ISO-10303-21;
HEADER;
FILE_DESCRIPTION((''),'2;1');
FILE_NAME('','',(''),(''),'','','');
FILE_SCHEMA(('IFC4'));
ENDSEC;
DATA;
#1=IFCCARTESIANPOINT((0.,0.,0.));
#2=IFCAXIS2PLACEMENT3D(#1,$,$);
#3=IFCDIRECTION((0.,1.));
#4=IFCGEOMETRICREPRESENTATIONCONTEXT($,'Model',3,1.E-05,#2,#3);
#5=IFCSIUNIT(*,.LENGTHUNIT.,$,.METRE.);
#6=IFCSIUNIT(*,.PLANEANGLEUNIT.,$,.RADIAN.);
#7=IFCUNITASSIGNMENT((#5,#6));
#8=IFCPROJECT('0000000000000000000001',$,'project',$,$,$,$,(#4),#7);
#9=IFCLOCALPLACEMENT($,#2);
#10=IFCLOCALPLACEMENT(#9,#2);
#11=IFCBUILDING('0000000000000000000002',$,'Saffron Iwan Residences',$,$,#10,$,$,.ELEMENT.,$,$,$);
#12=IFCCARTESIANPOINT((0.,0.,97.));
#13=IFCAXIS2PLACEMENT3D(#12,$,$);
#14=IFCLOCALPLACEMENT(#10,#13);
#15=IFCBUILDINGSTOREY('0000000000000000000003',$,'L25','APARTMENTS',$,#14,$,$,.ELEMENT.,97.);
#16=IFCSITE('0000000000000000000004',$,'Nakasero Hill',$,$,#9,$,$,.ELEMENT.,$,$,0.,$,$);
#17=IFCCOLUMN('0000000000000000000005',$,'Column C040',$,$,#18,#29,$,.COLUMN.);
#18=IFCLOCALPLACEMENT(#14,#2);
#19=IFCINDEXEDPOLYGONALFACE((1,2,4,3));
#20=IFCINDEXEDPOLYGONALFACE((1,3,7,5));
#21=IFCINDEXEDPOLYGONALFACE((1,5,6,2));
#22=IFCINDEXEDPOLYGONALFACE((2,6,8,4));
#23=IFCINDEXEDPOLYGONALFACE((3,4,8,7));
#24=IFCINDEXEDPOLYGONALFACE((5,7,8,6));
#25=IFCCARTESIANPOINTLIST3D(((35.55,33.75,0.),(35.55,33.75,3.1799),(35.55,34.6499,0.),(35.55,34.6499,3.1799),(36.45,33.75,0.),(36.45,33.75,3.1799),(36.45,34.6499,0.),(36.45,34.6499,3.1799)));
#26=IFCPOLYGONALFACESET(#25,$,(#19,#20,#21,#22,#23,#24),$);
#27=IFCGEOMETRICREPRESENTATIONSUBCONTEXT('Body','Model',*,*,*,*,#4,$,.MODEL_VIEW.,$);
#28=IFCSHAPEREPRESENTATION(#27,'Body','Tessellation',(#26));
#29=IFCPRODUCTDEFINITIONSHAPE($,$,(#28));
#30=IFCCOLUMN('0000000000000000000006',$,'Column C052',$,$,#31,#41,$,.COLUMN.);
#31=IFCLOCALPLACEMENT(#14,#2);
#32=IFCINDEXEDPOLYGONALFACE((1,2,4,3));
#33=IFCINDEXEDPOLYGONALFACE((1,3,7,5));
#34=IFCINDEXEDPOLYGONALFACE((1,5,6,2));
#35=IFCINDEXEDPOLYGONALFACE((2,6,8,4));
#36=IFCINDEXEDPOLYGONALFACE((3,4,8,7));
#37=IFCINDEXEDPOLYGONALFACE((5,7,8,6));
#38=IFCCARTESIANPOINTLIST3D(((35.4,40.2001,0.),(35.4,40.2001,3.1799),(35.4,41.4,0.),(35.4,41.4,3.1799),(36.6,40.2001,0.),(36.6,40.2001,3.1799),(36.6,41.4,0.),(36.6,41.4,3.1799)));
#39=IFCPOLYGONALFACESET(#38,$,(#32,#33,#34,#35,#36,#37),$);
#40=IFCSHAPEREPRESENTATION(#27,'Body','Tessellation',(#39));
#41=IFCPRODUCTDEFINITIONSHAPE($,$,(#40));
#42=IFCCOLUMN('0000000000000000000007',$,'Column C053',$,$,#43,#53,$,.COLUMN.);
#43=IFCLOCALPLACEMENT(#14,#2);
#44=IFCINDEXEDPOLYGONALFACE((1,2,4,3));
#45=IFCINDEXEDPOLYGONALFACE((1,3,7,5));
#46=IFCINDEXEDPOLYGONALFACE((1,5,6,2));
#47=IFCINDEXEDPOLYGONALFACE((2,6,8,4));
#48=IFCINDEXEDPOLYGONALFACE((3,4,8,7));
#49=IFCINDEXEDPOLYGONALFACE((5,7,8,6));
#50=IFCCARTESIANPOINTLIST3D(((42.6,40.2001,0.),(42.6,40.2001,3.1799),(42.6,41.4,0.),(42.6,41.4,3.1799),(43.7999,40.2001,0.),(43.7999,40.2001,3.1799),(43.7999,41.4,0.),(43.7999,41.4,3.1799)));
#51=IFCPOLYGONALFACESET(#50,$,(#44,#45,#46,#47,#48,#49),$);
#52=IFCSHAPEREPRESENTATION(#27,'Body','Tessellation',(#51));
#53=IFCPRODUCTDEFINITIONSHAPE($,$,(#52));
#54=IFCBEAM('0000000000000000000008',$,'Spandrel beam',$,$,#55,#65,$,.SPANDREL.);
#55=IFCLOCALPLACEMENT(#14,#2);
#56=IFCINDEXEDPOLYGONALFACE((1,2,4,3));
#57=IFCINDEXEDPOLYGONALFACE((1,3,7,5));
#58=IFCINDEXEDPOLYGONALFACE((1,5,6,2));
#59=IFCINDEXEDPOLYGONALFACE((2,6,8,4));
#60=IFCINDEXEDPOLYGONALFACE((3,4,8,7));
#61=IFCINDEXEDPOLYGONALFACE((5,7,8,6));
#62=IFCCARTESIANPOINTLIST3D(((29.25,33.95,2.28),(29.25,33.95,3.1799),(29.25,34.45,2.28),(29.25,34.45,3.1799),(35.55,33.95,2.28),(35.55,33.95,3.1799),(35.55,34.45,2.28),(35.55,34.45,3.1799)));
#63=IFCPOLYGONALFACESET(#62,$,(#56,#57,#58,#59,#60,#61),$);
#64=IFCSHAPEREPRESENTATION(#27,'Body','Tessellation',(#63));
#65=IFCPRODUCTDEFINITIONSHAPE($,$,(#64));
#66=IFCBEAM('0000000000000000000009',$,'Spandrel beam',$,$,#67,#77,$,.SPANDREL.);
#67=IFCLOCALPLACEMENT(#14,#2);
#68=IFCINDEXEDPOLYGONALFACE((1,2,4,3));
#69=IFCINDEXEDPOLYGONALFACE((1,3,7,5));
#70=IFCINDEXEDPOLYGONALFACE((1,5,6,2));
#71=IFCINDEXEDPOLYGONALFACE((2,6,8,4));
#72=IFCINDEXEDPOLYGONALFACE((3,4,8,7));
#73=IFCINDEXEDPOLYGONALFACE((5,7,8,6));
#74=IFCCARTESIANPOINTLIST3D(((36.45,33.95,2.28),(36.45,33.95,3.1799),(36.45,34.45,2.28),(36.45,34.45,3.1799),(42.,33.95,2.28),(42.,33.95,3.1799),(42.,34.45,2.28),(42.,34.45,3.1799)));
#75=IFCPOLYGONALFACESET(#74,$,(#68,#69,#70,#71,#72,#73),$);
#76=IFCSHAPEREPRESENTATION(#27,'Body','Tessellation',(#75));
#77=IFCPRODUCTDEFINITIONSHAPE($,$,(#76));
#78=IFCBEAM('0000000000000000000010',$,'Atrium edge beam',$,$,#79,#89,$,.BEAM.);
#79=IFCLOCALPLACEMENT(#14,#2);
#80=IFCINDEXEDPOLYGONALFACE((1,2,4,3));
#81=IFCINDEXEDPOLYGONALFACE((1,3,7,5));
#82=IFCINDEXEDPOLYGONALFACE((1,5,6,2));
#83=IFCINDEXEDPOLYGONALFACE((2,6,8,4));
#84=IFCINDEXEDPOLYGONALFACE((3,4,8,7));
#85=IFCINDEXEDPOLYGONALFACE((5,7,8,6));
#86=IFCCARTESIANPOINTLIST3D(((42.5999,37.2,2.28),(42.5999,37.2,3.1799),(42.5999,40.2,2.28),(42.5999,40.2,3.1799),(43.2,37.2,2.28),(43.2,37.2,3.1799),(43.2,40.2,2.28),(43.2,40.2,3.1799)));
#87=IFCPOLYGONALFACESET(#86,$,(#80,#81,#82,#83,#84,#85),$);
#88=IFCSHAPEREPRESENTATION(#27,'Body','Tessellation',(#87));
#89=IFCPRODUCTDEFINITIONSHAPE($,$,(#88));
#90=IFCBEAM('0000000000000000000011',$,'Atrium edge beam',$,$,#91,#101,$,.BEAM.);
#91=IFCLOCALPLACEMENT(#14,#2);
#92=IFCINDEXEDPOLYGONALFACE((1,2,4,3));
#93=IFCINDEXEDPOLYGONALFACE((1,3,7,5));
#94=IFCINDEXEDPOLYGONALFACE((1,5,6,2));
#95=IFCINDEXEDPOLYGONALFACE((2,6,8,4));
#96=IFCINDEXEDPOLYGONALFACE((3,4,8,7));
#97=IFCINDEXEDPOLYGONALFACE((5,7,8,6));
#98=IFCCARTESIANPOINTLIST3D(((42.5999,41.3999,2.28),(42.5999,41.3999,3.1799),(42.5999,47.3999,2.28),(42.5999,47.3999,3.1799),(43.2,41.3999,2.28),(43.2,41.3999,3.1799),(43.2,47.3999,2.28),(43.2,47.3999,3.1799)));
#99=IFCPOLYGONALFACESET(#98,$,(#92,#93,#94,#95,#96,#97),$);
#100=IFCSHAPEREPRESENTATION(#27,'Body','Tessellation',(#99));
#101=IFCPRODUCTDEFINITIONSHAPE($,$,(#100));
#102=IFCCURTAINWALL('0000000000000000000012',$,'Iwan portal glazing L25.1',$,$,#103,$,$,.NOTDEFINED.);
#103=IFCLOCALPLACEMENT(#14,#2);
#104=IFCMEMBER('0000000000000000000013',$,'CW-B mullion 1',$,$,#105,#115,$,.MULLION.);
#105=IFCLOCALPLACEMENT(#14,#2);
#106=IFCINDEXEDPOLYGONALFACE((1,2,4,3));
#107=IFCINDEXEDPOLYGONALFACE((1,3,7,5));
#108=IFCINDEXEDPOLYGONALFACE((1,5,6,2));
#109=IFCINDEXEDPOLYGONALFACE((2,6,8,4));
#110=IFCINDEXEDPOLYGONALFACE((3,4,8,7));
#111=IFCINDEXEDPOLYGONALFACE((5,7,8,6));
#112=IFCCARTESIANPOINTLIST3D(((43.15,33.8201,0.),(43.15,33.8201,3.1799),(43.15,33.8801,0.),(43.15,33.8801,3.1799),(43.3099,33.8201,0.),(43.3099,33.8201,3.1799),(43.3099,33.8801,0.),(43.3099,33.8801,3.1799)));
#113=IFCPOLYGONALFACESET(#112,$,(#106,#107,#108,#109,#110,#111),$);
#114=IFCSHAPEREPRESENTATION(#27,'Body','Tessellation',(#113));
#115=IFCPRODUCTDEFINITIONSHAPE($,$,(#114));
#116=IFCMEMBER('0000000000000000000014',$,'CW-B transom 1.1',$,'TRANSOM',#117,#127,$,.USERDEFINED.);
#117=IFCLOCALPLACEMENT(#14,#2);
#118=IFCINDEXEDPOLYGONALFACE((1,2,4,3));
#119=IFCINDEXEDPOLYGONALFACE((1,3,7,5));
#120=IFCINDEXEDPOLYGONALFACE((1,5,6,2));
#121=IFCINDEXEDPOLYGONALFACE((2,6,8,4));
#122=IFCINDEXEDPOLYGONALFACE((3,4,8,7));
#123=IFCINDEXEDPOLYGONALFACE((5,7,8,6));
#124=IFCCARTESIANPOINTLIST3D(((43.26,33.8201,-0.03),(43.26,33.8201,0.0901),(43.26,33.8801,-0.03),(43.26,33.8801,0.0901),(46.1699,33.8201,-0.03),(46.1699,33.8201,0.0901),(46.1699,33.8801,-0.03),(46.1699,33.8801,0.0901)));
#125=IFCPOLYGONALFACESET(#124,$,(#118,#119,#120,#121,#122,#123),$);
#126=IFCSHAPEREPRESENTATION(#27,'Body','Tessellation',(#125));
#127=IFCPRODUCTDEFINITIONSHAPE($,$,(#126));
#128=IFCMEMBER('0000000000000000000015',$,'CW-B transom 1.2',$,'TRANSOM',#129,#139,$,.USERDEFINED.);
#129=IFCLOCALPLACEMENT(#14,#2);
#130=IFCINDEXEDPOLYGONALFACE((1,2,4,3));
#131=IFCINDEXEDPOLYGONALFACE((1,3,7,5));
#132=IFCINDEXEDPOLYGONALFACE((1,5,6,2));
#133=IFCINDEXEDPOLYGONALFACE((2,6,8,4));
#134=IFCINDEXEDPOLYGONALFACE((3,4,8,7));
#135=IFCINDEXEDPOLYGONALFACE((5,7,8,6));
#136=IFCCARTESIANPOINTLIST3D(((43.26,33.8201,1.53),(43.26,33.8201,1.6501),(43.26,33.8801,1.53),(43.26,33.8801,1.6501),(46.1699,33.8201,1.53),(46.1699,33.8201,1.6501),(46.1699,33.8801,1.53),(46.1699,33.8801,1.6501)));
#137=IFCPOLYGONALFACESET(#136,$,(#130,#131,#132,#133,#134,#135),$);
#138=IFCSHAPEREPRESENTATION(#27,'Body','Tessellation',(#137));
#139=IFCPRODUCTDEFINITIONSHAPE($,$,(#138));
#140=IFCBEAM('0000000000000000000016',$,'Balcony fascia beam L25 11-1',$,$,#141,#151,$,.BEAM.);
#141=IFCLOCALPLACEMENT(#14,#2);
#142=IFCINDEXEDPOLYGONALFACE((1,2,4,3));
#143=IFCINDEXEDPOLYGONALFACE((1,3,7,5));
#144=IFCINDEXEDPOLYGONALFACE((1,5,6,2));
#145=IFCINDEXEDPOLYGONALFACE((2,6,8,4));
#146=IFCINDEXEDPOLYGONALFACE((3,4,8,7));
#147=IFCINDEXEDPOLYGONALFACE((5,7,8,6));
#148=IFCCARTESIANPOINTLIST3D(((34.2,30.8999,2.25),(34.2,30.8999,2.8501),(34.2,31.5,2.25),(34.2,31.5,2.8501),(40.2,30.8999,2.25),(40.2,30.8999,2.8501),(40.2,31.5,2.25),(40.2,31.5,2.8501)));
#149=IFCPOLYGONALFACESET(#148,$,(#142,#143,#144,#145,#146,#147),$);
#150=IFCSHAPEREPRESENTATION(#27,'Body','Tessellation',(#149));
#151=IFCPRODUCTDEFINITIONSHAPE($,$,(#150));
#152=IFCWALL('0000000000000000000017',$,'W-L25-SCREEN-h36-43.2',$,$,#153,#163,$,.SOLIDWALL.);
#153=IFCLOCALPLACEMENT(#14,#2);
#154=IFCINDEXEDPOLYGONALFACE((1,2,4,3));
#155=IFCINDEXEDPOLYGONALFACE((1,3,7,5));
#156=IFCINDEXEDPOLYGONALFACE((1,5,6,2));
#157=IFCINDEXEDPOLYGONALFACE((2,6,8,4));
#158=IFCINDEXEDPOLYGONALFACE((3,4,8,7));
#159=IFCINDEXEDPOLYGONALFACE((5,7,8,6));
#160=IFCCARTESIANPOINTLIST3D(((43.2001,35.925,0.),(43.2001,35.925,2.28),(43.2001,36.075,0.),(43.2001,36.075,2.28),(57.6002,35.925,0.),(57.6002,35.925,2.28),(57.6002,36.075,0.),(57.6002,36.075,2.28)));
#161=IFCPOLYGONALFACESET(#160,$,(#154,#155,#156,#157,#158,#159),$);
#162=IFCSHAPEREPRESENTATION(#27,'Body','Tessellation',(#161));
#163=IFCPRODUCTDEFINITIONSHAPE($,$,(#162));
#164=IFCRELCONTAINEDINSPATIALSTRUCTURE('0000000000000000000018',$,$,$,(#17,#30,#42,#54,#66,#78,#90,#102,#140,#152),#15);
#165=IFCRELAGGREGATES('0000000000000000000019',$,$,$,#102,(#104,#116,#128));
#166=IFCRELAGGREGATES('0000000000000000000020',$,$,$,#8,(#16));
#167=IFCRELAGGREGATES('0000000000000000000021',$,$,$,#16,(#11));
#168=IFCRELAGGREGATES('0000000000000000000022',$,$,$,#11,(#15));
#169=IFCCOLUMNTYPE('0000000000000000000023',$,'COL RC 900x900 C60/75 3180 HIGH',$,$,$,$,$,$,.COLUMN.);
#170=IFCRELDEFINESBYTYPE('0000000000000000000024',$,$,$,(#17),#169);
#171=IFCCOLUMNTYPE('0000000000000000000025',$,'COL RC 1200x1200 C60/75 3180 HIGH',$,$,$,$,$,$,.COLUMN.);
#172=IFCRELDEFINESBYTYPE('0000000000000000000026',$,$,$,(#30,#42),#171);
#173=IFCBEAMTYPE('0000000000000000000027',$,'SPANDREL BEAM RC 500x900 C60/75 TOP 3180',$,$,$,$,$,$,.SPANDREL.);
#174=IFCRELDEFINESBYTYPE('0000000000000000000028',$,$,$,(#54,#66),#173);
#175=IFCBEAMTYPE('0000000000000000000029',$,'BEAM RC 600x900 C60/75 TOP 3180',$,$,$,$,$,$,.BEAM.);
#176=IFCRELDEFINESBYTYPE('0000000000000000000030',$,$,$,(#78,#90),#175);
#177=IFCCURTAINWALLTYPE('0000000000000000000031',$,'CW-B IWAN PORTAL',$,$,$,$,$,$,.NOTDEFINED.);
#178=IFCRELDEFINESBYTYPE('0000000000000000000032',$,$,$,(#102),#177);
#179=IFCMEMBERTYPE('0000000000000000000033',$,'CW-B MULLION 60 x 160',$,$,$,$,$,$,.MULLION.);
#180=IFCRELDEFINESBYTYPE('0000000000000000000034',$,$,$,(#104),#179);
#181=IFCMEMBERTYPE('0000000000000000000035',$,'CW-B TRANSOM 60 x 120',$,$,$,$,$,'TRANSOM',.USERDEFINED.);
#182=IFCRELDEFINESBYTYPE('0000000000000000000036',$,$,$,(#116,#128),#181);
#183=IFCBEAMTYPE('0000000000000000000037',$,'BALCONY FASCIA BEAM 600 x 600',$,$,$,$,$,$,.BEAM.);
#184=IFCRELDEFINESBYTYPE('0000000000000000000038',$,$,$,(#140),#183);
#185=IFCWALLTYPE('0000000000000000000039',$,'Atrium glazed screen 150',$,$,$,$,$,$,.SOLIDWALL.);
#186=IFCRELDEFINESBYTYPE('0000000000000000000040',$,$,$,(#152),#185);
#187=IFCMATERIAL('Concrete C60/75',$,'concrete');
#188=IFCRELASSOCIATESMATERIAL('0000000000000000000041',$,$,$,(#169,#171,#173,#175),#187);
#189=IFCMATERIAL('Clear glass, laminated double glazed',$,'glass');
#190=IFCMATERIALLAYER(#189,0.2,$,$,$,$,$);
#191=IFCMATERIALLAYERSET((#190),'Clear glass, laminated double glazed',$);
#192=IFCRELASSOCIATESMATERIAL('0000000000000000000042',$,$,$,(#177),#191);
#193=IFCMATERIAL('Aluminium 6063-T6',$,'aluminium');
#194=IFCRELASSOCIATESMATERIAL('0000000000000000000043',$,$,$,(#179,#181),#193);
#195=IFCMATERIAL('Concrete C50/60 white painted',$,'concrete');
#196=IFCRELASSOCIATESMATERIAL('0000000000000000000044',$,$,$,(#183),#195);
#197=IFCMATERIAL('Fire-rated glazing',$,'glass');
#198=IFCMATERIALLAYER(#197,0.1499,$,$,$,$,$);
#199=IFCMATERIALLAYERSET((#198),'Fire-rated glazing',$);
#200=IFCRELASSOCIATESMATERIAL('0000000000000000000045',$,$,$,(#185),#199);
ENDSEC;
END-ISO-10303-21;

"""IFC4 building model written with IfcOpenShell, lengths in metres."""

from ifc_helpers import new_model, si_unit, direction, frame, frame_2d, origin, origin_2d, place, context, subcontext, project, spatial, rectangle, extrude, source, transform, mapped, material, layer, layer_set, material_profile, profile_set, type_object, element, aggregate, save


model = new_model("IFC4")

# Units and contexts
model_context = context("Model", 3, precision=1e-05, world=origin(), true_north=direction((0.0, 1.0)))
body_context = subcontext(model_context, "Body", "Model", "MODEL_VIEW")
ifc_project = project(units=[si_unit("LENGTHUNIT", "METRE"), si_unit("PLANEANGLEUNIT", "RADIAN")], contexts=[model_context])

# Site, building, storey
site_placement = place(None, origin())
site = spatial("IfcSite", under=ifc_project, at=site_placement, Name="Nakasero Hill", CompositionType="ELEMENT", RefElevation=0.0)
building_placement = place(site_placement, origin())
building = spatial("IfcBuilding", under=site, at=building_placement, Name="Saffron Iwan Residences", CompositionType="ELEMENT")
storey_placement = place(building_placement, frame((0.0, 0.0, 97.0)))
storey = spatial("IfcBuildingStorey", under=building, at=storey_placement, Name="L25", Description="APARTMENTS", CompositionType="ELEMENT", Elevation=97.0)

# Columns
ifc_material_1 = material(Name="Concrete C60/75", Category="concrete")
ifc_material_profile_1 = material_profile(ifc_material_1, rectangle(XDim=0.8999, YDim=0.8999, at=origin_2d()), Name="RC 900x900")
ifc_profile_set_1 = profile_set([ifc_material_profile_1], Name="Concrete C60/75")
column_type_1 = type_object("IfcColumnType", Name="COL RC 900x900 C60/75 3180 HIGH", PredefinedType="COLUMN", material=ifc_profile_set_1)
shared_shape_1 = source(origin(), body_context, "Body", "SweptSolid", [
    extrude(rectangle(XDim=0.8999, YDim=0.8999, at=origin_2d()), origin(), (0.0, 0.0, 1.0), 3.1799),
])
column_placement = place(storey_placement, frame((36.0, 34.2, 0.0), z_axis=(0.0, 0.0, 1.0), x_axis=(1.0, 0.0, 0.0)))
element("IfcColumn", 1, at=column_placement, inside=storey, type_object=column_type_1, Name="Column C040", PredefinedType="COLUMN", context=body_context, shape_type="MappedRepresentation", body=[
    mapped(shared_shape_1, transform((0.0, 0.0, 0.0))),
])
ifc_material_profile_2 = material_profile(ifc_material_1, rectangle(XDim=1.2, YDim=1.2, at=origin_2d()), Name="RC 1200x1200")
ifc_profile_set_2 = profile_set([ifc_material_profile_2], Name="Concrete C60/75")
column_type_2 = type_object("IfcColumnType", Name="COL RC 1200x1200 C60/75 3180 HIGH", PredefinedType="COLUMN", material=ifc_profile_set_2)
shared_shape_2 = source(origin(), body_context, "Body", "SweptSolid", [
    extrude(rectangle(XDim=1.2, YDim=1.2, at=origin_2d()), origin(), (0.0, 0.0, 1.0), 3.1799),
])
for number, where, z_axis, x_axis, name in (
    (2, (36.0, 40.8, 0.0), (0.0, 0.0, 1.0), (1.0, 0.0, 0.0), "Column C052"),
    (3, (43.2, 40.8, 0.0), (0.0, 0.0, 1.0), (1.0, 0.0, 0.0), "Column C053"),
):
    element("IfcColumn", number, at=place(storey_placement, frame(where, z_axis=z_axis, x_axis=x_axis)), inside=storey, type_object=column_type_2, Name=name, PredefinedType="COLUMN", context=body_context, shape_type="MappedRepresentation", body=[
        mapped(shared_shape_2, transform((0.0, 0.0, 0.0))),
    ])

# Beams
ifc_material_profile_3 = material_profile(ifc_material_1, rectangle(XDim=0.5, YDim=0.8999, at=origin_2d()), Name="RC 500x900")
ifc_profile_set_3 = profile_set([ifc_material_profile_3], Name="Concrete C60/75")
beam_type_1 = type_object("IfcBeamType", Name="SPANDREL BEAM RC 500x900 C60/75 TOP 3180", PredefinedType="SPANDREL", material=ifc_profile_set_3)
shared_shape_3 = source(origin(), body_context, "Body", "SweptSolid", [
    extrude(rectangle(XDim=0.5, YDim=0.8999, at=origin_2d()), origin(), (0.0, 0.0, 1.0), 6.3),
])
beam_1_placement = place(storey_placement, frame((35.55, 34.2, 2.73), z_axis=(-1.0, 0.0, 0.0), x_axis=(0.0, -1.0, 0.0)))
element("IfcBeam", 4, at=beam_1_placement, inside=storey, type_object=beam_type_1, Name="Spandrel beam", PredefinedType="SPANDREL", context=body_context, shape_type="MappedRepresentation", body=[
    mapped(shared_shape_3, transform((0.0, 0.0, 0.0))),
])
shared_shape_4 = source(origin(), body_context, "Body", "SweptSolid", [
    extrude(rectangle(XDim=0.5, YDim=0.8999, at=origin_2d()), origin(), (0.0, 0.0, 1.0), 5.55),
])
beam_2_placement = place(storey_placement, frame((42.0, 34.2, 2.73), z_axis=(-1.0, 0.0, 0.0), x_axis=(0.0, -1.0, 0.0)))
element("IfcBeam", 5, at=beam_2_placement, inside=storey, type_object=beam_type_1, Name="Spandrel beam", PredefinedType="SPANDREL", context=body_context, shape_type="MappedRepresentation", body=[
    mapped(shared_shape_4, transform((0.0, 0.0, 0.0))),
])
ifc_material_profile_4 = material_profile(ifc_material_1, rectangle(XDim=0.6001, YDim=0.8999, at=origin_2d()), Name="RC 600x900")
ifc_profile_set_4 = profile_set([ifc_material_profile_4], Name="Concrete C60/75")
beam_type_2 = type_object("IfcBeamType", Name="BEAM RC 600x900 C60/75 TOP 3180", PredefinedType="BEAM", material=ifc_profile_set_4)
shared_shape_5 = source(origin(), body_context, "Body", "SweptSolid", [
    extrude(rectangle(XDim=0.6001, YDim=0.8999, at=origin_2d()), origin(), (0.0, 0.0, 1.0), 3.0),
])
beam_3_placement = place(storey_placement, frame((42.8999, 37.2, 2.73), z_axis=(0.0, 1.0, 0.0), x_axis=(-1.0, 0.0, 0.0)))
element("IfcBeam", 6, at=beam_3_placement, inside=storey, type_object=beam_type_2, Name="Atrium edge beam", PredefinedType="BEAM", context=body_context, shape_type="MappedRepresentation", body=[
    mapped(shared_shape_5, transform((0.0, 0.0, 0.0))),
])
shared_shape_6 = source(origin(), body_context, "Body", "SweptSolid", [
    extrude(rectangle(XDim=0.6001, YDim=0.8999, at=origin_2d()), origin(), (0.0, 0.0, 1.0), 6.0),
])
beam_4_placement = place(storey_placement, frame((42.8999, 41.3999, 2.73), z_axis=(0.0, 1.0, 0.0), x_axis=(-1.0, 0.0, 0.0)))
element("IfcBeam", 7, at=beam_4_placement, inside=storey, type_object=beam_type_2, Name="Atrium edge beam", PredefinedType="BEAM", context=body_context, shape_type="MappedRepresentation", body=[
    mapped(shared_shape_6, transform((0.0, 0.0, 0.0))),
])

# Curtain wall, members
ifc_material_2 = material(Name="Clear glass, laminated double glazed", Category="glass")
ifc_layer_1 = layer(ifc_material_2, 0.2)
ifc_layer_set_1 = layer_set([ifc_layer_1], Name="Clear glass, laminated double glazed")
curtain_wall_type = type_object("IfcCurtainWallType", Name="CW-B IWAN PORTAL", PredefinedType="NOTDEFINED", material=ifc_layer_set_1)
curtain_wall_placement = place(storey_placement, origin())
curtain_wall = element("IfcCurtainWall", 8, at=curtain_wall_placement, inside=storey, type_object=curtain_wall_type, Name="Iwan portal glazing L25.1", PredefinedType="NOTDEFINED")
ifc_material_3 = material(Name="Aluminium 6063-T6", Category="aluminium")
ifc_material_profile_5 = material_profile(ifc_material_3, rectangle(XDim=0.0601, YDim=0.1599, at=origin_2d()), Name="CW-B MULLION 60 x 160")
ifc_profile_set_5 = profile_set([ifc_material_profile_5], Name="Aluminium 6063-T6")
member_type_1 = type_object("IfcMemberType", Name="CW-B MULLION 60 x 160", PredefinedType="MULLION", material=ifc_profile_set_5)
shared_shape_7 = source(origin(), body_context, "Body", "SweptSolid", [
    extrude(rectangle(XDim=0.0601, YDim=0.1599, at=origin_2d()), origin(), (0.0, 0.0, 1.0), 3.1799),
])
member_1_placement = place(storey_placement, frame((43.23, 33.8501, 0.0), z_axis=(0.0, 0.0, 1.0), x_axis=(0.0, 1.0, 0.0)))
member_1 = element("IfcMember", 9, at=member_1_placement, type_object=member_type_1, Name="CW-B mullion 1", PredefinedType="MULLION", context=body_context, shape_type="MappedRepresentation", body=[
    mapped(shared_shape_7, transform((0.0, 0.0, 0.0))),
])
ifc_material_profile_6 = material_profile(ifc_material_3, rectangle(XDim=0.0601, YDim=0.1201, at=origin_2d()), Name="CW-B TRANSOM 60 x 120")
ifc_profile_set_6 = profile_set([ifc_material_profile_6], Name="Aluminium 6063-T6")
member_type_2 = type_object("IfcMemberType", Name="CW-B TRANSOM 60 x 120", ElementType="TRANSOM", PredefinedType="USERDEFINED", material=ifc_profile_set_6)
shared_shape_8 = source(origin(), body_context, "Body", "SweptSolid", [
    extrude(rectangle(XDim=0.0601, YDim=0.1201, at=origin_2d()), origin(), (0.0, 0.0, 1.0), 2.9099),
])
member_2_placement = place(storey_placement, frame((43.26, 33.8501, 0.03), z_axis=(1.0, 0.0, 0.0), x_axis=(0.0, 1.0, 0.0)))
member_2 = element("IfcMember", 10, at=member_2_placement, type_object=member_type_2, Name="CW-B transom 1.1", ObjectType="TRANSOM", PredefinedType="USERDEFINED", context=body_context, shape_type="MappedRepresentation", body=[
    mapped(shared_shape_8, transform((0.0, 0.0, 0.0))),
])
member_3_placement = place(storey_placement, frame((43.26, 33.8501, 1.5901), z_axis=(1.0, 0.0, 0.0), x_axis=(0.0, 1.0, 0.0)))
member_3 = element("IfcMember", 11, at=member_3_placement, type_object=member_type_2, Name="CW-B transom 1.2", ObjectType="TRANSOM", PredefinedType="USERDEFINED", context=body_context, shape_type="MappedRepresentation", body=[
    mapped(shared_shape_8, transform((0.0, 0.0, 0.0))),
])
aggregate(curtain_wall, [member_1, member_2, member_3])

# Beam
ifc_material_4 = material(Name="Concrete C50/60 white painted", Category="concrete")
ifc_material_profile_7 = material_profile(ifc_material_4, rectangle(XDim=0.6001, YDim=0.6001, at=origin_2d()), Name="BALCONY FASCIA BEAM 600 x 600")
ifc_profile_set_7 = profile_set([ifc_material_profile_7], Name="Concrete C50/60 white painted")
beam_type_3 = type_object("IfcBeamType", Name="BALCONY FASCIA BEAM 600 x 600", PredefinedType="BEAM", material=ifc_profile_set_7)
shared_shape_9 = source(origin(), body_context, "Body", "SweptSolid", [
    extrude(rectangle(XDim=0.6001, YDim=0.6001, at=origin_2d()), origin(), (0.0, 0.0, 1.0), 6.0),
])
beam_5_placement = place(storey_placement, frame((34.2, 31.2, 2.55), z_axis=(1.0, 0.0, 0.0), x_axis=(0.0, 1.0, 0.0)))
element("IfcBeam", 12, at=beam_5_placement, inside=storey, type_object=beam_type_3, Name="Balcony fascia beam L25 11-1", PredefinedType="BEAM", context=body_context, shape_type="MappedRepresentation", body=[
    mapped(shared_shape_9, transform((0.0, 0.0, 0.0))),
])

# Wall
ifc_material_5 = material(Name="Fire-rated glazing", Category="glass")
ifc_layer_2 = layer(ifc_material_5, 0.1499)
ifc_layer_set_2 = layer_set([ifc_layer_2], Name="Fire-rated glazing")
wall_type_1 = type_object("IfcWallType", Name="Atrium glazed screen 150", PredefinedType="SOLIDWALL", material=ifc_layer_set_2)
wall_1_placement = place(storey_placement, frame((43.2, 36.0, 0.0), z_axis=(0.0, 0.0, 1.0), x_axis=(1.0, 0.0, 0.0)))
element("IfcWall", 13, at=wall_1_placement, inside=storey, type_object=wall_type_1, Name="W-L25-SCREEN-h36-43.2", PredefinedType="SOLIDWALL", context=body_context, shape_type="SweptSolid", body=[
    extrude(rectangle(XDim=14.4001, YDim=0.1499, at=frame_2d((7.2002, 0.0))), origin(), (0.0, 0.0, 1.0), 2.28),
])

save(model, "model.ifc")
